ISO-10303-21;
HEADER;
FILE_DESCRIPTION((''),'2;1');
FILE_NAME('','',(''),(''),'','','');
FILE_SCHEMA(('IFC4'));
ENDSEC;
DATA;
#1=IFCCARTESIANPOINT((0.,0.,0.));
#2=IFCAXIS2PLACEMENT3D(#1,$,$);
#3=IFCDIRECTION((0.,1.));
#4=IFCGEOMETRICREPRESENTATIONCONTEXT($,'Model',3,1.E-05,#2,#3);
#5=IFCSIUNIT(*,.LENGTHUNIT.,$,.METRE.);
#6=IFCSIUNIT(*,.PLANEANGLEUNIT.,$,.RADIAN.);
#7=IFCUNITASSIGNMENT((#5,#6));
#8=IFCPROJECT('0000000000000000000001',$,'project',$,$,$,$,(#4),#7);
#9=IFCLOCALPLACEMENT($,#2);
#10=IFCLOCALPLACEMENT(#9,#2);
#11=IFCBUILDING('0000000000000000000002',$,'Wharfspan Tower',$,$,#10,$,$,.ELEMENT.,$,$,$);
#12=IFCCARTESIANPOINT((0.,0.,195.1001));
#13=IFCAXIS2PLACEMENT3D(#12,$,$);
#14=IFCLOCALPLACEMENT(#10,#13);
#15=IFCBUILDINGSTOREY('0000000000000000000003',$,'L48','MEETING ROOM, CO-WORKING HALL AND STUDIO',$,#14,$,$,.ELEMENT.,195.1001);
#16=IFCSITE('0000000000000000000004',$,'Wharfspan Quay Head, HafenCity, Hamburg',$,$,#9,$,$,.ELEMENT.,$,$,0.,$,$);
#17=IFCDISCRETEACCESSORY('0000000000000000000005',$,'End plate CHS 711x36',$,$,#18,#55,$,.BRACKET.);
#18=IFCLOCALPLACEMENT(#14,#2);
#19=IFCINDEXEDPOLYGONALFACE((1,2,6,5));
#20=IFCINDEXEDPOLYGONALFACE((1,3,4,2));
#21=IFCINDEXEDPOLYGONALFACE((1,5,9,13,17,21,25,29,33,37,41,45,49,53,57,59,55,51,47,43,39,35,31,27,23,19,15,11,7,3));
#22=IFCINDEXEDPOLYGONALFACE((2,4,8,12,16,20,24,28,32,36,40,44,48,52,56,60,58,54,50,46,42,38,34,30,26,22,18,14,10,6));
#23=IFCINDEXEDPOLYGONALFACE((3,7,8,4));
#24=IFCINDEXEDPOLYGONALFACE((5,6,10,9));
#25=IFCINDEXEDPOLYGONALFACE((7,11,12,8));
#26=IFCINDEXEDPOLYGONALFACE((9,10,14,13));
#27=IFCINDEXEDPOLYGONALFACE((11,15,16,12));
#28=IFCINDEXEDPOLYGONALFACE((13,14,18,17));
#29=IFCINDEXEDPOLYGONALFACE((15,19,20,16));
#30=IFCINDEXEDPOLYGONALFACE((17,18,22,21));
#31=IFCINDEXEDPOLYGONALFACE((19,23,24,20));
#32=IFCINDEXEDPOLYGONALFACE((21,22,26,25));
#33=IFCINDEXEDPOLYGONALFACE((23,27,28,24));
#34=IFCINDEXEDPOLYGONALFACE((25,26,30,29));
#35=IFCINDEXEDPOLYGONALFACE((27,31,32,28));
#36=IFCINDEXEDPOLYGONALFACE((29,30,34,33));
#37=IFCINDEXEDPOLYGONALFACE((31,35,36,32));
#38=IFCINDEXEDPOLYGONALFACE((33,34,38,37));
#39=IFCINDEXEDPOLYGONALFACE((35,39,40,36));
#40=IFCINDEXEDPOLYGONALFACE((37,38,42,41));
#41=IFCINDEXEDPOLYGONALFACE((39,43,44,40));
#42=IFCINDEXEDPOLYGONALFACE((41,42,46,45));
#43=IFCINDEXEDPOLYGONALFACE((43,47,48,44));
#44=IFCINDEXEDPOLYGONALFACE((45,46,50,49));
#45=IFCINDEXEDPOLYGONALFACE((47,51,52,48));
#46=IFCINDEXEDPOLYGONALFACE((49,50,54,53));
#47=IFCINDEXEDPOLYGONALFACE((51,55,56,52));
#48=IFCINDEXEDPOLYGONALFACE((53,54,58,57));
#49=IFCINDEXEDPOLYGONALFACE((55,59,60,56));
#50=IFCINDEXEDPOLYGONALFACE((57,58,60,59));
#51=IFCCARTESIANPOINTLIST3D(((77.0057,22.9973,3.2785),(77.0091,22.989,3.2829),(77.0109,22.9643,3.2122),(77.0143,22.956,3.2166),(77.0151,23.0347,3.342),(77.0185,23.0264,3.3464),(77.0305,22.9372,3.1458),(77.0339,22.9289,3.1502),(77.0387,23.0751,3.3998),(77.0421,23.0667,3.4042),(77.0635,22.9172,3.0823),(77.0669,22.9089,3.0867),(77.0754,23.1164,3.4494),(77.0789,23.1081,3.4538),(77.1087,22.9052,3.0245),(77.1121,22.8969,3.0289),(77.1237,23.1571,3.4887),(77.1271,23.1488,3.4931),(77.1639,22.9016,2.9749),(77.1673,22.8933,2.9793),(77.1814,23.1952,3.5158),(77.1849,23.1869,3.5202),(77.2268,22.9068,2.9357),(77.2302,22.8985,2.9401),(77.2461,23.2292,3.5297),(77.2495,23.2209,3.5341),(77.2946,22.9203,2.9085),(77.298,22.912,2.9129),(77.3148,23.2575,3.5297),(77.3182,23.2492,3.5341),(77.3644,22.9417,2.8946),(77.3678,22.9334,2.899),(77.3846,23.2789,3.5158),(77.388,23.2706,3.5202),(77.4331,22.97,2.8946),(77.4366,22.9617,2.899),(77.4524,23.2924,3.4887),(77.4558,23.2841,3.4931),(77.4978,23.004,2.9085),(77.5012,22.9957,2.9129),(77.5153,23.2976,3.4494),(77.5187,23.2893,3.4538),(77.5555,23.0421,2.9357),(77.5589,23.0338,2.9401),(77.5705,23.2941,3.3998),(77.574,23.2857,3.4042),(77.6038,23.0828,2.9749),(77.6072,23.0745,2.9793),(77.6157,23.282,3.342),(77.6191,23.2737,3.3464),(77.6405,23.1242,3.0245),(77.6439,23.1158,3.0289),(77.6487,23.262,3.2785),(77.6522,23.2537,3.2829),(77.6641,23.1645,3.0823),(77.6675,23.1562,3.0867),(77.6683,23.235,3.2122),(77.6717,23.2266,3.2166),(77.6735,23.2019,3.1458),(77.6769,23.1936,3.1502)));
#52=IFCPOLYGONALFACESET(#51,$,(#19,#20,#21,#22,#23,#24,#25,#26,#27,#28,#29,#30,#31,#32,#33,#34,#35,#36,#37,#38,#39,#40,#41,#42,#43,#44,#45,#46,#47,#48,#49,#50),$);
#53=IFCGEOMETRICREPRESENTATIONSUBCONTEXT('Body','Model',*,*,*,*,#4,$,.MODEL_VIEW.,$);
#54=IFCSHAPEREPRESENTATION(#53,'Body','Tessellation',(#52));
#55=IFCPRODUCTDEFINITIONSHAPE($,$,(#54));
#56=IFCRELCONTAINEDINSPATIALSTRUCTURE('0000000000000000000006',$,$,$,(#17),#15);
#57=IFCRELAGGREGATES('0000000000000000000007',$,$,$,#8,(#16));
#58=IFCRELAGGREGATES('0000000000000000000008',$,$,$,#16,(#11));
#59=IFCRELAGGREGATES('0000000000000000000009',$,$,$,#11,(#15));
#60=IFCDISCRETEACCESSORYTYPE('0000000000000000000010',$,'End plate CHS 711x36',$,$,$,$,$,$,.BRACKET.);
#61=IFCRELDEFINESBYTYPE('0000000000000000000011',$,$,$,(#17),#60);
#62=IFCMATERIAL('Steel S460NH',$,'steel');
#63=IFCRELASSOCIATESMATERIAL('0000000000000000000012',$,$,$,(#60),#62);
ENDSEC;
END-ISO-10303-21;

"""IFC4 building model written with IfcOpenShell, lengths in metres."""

from ifc_helpers import new_model, si_unit, direction, frame, origin, origin_2d, place, context, subcontext, project, spatial, circle, extrude, material, material_profile, profile_set, type_object, element, save


model = new_model("IFC4")

# Units and contexts
model_context = context("Model", 3, precision=1e-05, world=origin(), true_north=direction((0.0, 1.0)))
body_context = subcontext(model_context, "Body", "Model", "MODEL_VIEW")
ifc_project = project(units=[si_unit("LENGTHUNIT", "METRE"), si_unit("PLANEANGLEUNIT", "RADIAN")], contexts=[model_context])

# Site, building, storey
site_placement = place(None, origin())
site = spatial("IfcSite", under=ifc_project, at=site_placement, Name="Wharfspan Quay Head, HafenCity, Hamburg", CompositionType="ELEMENT", RefElevation=0.0)
building_placement = place(site_placement, origin())
building = spatial("IfcBuilding", under=site, at=building_placement, Name="Wharfspan Tower", CompositionType="ELEMENT")
storey_placement = place(building_placement, frame((0.0, 0.0, 195.1001)))
storey = spatial("IfcBuildingStorey", under=building, at=storey_placement, Name="L48", Description="MEETING ROOM, CO-WORKING HALL AND STUDIO", CompositionType="ELEMENT", Elevation=195.1001)

# Shared definitions
ifc_material_1 = material(Name="Steel S460NH", Category="steel")

# Discrete accessory
ifc_material_profile_1 = material_profile(ifc_material_1, circle(Radius=0.3555, at=origin_2d()))
ifc_profile_set_1 = profile_set([ifc_material_profile_1], Name="Steel S460NH")
discrete_accessory_type = type_object("IfcDiscreteAccessoryType", Name="End plate CHS 711x36", PredefinedType="BRACKET", material=ifc_profile_set_1)
for number, where, z_axis, x_axis, name in (
    (1, (77.3396, 23.0996, 3.2122), (0.341972, -0.830504, 0.439679), (0.924678, 0.380749, -0.000001), "End plate CHS 711x36"),
):
    element("IfcDiscreteAccessory", number, at=place(storey_placement, frame(where, z_axis=z_axis, x_axis=x_axis)), inside=storey, type_object=discrete_accessory_type, Name=name, PredefinedType="BRACKET", context=body_context, shape_type="SweptSolid", body=[
        extrude(circle(Radius=0.3555, at=origin_2d()), origin(), (0.0, 0.0, 1.0), 0.01),
    ])

save(model, "model.ifc")
